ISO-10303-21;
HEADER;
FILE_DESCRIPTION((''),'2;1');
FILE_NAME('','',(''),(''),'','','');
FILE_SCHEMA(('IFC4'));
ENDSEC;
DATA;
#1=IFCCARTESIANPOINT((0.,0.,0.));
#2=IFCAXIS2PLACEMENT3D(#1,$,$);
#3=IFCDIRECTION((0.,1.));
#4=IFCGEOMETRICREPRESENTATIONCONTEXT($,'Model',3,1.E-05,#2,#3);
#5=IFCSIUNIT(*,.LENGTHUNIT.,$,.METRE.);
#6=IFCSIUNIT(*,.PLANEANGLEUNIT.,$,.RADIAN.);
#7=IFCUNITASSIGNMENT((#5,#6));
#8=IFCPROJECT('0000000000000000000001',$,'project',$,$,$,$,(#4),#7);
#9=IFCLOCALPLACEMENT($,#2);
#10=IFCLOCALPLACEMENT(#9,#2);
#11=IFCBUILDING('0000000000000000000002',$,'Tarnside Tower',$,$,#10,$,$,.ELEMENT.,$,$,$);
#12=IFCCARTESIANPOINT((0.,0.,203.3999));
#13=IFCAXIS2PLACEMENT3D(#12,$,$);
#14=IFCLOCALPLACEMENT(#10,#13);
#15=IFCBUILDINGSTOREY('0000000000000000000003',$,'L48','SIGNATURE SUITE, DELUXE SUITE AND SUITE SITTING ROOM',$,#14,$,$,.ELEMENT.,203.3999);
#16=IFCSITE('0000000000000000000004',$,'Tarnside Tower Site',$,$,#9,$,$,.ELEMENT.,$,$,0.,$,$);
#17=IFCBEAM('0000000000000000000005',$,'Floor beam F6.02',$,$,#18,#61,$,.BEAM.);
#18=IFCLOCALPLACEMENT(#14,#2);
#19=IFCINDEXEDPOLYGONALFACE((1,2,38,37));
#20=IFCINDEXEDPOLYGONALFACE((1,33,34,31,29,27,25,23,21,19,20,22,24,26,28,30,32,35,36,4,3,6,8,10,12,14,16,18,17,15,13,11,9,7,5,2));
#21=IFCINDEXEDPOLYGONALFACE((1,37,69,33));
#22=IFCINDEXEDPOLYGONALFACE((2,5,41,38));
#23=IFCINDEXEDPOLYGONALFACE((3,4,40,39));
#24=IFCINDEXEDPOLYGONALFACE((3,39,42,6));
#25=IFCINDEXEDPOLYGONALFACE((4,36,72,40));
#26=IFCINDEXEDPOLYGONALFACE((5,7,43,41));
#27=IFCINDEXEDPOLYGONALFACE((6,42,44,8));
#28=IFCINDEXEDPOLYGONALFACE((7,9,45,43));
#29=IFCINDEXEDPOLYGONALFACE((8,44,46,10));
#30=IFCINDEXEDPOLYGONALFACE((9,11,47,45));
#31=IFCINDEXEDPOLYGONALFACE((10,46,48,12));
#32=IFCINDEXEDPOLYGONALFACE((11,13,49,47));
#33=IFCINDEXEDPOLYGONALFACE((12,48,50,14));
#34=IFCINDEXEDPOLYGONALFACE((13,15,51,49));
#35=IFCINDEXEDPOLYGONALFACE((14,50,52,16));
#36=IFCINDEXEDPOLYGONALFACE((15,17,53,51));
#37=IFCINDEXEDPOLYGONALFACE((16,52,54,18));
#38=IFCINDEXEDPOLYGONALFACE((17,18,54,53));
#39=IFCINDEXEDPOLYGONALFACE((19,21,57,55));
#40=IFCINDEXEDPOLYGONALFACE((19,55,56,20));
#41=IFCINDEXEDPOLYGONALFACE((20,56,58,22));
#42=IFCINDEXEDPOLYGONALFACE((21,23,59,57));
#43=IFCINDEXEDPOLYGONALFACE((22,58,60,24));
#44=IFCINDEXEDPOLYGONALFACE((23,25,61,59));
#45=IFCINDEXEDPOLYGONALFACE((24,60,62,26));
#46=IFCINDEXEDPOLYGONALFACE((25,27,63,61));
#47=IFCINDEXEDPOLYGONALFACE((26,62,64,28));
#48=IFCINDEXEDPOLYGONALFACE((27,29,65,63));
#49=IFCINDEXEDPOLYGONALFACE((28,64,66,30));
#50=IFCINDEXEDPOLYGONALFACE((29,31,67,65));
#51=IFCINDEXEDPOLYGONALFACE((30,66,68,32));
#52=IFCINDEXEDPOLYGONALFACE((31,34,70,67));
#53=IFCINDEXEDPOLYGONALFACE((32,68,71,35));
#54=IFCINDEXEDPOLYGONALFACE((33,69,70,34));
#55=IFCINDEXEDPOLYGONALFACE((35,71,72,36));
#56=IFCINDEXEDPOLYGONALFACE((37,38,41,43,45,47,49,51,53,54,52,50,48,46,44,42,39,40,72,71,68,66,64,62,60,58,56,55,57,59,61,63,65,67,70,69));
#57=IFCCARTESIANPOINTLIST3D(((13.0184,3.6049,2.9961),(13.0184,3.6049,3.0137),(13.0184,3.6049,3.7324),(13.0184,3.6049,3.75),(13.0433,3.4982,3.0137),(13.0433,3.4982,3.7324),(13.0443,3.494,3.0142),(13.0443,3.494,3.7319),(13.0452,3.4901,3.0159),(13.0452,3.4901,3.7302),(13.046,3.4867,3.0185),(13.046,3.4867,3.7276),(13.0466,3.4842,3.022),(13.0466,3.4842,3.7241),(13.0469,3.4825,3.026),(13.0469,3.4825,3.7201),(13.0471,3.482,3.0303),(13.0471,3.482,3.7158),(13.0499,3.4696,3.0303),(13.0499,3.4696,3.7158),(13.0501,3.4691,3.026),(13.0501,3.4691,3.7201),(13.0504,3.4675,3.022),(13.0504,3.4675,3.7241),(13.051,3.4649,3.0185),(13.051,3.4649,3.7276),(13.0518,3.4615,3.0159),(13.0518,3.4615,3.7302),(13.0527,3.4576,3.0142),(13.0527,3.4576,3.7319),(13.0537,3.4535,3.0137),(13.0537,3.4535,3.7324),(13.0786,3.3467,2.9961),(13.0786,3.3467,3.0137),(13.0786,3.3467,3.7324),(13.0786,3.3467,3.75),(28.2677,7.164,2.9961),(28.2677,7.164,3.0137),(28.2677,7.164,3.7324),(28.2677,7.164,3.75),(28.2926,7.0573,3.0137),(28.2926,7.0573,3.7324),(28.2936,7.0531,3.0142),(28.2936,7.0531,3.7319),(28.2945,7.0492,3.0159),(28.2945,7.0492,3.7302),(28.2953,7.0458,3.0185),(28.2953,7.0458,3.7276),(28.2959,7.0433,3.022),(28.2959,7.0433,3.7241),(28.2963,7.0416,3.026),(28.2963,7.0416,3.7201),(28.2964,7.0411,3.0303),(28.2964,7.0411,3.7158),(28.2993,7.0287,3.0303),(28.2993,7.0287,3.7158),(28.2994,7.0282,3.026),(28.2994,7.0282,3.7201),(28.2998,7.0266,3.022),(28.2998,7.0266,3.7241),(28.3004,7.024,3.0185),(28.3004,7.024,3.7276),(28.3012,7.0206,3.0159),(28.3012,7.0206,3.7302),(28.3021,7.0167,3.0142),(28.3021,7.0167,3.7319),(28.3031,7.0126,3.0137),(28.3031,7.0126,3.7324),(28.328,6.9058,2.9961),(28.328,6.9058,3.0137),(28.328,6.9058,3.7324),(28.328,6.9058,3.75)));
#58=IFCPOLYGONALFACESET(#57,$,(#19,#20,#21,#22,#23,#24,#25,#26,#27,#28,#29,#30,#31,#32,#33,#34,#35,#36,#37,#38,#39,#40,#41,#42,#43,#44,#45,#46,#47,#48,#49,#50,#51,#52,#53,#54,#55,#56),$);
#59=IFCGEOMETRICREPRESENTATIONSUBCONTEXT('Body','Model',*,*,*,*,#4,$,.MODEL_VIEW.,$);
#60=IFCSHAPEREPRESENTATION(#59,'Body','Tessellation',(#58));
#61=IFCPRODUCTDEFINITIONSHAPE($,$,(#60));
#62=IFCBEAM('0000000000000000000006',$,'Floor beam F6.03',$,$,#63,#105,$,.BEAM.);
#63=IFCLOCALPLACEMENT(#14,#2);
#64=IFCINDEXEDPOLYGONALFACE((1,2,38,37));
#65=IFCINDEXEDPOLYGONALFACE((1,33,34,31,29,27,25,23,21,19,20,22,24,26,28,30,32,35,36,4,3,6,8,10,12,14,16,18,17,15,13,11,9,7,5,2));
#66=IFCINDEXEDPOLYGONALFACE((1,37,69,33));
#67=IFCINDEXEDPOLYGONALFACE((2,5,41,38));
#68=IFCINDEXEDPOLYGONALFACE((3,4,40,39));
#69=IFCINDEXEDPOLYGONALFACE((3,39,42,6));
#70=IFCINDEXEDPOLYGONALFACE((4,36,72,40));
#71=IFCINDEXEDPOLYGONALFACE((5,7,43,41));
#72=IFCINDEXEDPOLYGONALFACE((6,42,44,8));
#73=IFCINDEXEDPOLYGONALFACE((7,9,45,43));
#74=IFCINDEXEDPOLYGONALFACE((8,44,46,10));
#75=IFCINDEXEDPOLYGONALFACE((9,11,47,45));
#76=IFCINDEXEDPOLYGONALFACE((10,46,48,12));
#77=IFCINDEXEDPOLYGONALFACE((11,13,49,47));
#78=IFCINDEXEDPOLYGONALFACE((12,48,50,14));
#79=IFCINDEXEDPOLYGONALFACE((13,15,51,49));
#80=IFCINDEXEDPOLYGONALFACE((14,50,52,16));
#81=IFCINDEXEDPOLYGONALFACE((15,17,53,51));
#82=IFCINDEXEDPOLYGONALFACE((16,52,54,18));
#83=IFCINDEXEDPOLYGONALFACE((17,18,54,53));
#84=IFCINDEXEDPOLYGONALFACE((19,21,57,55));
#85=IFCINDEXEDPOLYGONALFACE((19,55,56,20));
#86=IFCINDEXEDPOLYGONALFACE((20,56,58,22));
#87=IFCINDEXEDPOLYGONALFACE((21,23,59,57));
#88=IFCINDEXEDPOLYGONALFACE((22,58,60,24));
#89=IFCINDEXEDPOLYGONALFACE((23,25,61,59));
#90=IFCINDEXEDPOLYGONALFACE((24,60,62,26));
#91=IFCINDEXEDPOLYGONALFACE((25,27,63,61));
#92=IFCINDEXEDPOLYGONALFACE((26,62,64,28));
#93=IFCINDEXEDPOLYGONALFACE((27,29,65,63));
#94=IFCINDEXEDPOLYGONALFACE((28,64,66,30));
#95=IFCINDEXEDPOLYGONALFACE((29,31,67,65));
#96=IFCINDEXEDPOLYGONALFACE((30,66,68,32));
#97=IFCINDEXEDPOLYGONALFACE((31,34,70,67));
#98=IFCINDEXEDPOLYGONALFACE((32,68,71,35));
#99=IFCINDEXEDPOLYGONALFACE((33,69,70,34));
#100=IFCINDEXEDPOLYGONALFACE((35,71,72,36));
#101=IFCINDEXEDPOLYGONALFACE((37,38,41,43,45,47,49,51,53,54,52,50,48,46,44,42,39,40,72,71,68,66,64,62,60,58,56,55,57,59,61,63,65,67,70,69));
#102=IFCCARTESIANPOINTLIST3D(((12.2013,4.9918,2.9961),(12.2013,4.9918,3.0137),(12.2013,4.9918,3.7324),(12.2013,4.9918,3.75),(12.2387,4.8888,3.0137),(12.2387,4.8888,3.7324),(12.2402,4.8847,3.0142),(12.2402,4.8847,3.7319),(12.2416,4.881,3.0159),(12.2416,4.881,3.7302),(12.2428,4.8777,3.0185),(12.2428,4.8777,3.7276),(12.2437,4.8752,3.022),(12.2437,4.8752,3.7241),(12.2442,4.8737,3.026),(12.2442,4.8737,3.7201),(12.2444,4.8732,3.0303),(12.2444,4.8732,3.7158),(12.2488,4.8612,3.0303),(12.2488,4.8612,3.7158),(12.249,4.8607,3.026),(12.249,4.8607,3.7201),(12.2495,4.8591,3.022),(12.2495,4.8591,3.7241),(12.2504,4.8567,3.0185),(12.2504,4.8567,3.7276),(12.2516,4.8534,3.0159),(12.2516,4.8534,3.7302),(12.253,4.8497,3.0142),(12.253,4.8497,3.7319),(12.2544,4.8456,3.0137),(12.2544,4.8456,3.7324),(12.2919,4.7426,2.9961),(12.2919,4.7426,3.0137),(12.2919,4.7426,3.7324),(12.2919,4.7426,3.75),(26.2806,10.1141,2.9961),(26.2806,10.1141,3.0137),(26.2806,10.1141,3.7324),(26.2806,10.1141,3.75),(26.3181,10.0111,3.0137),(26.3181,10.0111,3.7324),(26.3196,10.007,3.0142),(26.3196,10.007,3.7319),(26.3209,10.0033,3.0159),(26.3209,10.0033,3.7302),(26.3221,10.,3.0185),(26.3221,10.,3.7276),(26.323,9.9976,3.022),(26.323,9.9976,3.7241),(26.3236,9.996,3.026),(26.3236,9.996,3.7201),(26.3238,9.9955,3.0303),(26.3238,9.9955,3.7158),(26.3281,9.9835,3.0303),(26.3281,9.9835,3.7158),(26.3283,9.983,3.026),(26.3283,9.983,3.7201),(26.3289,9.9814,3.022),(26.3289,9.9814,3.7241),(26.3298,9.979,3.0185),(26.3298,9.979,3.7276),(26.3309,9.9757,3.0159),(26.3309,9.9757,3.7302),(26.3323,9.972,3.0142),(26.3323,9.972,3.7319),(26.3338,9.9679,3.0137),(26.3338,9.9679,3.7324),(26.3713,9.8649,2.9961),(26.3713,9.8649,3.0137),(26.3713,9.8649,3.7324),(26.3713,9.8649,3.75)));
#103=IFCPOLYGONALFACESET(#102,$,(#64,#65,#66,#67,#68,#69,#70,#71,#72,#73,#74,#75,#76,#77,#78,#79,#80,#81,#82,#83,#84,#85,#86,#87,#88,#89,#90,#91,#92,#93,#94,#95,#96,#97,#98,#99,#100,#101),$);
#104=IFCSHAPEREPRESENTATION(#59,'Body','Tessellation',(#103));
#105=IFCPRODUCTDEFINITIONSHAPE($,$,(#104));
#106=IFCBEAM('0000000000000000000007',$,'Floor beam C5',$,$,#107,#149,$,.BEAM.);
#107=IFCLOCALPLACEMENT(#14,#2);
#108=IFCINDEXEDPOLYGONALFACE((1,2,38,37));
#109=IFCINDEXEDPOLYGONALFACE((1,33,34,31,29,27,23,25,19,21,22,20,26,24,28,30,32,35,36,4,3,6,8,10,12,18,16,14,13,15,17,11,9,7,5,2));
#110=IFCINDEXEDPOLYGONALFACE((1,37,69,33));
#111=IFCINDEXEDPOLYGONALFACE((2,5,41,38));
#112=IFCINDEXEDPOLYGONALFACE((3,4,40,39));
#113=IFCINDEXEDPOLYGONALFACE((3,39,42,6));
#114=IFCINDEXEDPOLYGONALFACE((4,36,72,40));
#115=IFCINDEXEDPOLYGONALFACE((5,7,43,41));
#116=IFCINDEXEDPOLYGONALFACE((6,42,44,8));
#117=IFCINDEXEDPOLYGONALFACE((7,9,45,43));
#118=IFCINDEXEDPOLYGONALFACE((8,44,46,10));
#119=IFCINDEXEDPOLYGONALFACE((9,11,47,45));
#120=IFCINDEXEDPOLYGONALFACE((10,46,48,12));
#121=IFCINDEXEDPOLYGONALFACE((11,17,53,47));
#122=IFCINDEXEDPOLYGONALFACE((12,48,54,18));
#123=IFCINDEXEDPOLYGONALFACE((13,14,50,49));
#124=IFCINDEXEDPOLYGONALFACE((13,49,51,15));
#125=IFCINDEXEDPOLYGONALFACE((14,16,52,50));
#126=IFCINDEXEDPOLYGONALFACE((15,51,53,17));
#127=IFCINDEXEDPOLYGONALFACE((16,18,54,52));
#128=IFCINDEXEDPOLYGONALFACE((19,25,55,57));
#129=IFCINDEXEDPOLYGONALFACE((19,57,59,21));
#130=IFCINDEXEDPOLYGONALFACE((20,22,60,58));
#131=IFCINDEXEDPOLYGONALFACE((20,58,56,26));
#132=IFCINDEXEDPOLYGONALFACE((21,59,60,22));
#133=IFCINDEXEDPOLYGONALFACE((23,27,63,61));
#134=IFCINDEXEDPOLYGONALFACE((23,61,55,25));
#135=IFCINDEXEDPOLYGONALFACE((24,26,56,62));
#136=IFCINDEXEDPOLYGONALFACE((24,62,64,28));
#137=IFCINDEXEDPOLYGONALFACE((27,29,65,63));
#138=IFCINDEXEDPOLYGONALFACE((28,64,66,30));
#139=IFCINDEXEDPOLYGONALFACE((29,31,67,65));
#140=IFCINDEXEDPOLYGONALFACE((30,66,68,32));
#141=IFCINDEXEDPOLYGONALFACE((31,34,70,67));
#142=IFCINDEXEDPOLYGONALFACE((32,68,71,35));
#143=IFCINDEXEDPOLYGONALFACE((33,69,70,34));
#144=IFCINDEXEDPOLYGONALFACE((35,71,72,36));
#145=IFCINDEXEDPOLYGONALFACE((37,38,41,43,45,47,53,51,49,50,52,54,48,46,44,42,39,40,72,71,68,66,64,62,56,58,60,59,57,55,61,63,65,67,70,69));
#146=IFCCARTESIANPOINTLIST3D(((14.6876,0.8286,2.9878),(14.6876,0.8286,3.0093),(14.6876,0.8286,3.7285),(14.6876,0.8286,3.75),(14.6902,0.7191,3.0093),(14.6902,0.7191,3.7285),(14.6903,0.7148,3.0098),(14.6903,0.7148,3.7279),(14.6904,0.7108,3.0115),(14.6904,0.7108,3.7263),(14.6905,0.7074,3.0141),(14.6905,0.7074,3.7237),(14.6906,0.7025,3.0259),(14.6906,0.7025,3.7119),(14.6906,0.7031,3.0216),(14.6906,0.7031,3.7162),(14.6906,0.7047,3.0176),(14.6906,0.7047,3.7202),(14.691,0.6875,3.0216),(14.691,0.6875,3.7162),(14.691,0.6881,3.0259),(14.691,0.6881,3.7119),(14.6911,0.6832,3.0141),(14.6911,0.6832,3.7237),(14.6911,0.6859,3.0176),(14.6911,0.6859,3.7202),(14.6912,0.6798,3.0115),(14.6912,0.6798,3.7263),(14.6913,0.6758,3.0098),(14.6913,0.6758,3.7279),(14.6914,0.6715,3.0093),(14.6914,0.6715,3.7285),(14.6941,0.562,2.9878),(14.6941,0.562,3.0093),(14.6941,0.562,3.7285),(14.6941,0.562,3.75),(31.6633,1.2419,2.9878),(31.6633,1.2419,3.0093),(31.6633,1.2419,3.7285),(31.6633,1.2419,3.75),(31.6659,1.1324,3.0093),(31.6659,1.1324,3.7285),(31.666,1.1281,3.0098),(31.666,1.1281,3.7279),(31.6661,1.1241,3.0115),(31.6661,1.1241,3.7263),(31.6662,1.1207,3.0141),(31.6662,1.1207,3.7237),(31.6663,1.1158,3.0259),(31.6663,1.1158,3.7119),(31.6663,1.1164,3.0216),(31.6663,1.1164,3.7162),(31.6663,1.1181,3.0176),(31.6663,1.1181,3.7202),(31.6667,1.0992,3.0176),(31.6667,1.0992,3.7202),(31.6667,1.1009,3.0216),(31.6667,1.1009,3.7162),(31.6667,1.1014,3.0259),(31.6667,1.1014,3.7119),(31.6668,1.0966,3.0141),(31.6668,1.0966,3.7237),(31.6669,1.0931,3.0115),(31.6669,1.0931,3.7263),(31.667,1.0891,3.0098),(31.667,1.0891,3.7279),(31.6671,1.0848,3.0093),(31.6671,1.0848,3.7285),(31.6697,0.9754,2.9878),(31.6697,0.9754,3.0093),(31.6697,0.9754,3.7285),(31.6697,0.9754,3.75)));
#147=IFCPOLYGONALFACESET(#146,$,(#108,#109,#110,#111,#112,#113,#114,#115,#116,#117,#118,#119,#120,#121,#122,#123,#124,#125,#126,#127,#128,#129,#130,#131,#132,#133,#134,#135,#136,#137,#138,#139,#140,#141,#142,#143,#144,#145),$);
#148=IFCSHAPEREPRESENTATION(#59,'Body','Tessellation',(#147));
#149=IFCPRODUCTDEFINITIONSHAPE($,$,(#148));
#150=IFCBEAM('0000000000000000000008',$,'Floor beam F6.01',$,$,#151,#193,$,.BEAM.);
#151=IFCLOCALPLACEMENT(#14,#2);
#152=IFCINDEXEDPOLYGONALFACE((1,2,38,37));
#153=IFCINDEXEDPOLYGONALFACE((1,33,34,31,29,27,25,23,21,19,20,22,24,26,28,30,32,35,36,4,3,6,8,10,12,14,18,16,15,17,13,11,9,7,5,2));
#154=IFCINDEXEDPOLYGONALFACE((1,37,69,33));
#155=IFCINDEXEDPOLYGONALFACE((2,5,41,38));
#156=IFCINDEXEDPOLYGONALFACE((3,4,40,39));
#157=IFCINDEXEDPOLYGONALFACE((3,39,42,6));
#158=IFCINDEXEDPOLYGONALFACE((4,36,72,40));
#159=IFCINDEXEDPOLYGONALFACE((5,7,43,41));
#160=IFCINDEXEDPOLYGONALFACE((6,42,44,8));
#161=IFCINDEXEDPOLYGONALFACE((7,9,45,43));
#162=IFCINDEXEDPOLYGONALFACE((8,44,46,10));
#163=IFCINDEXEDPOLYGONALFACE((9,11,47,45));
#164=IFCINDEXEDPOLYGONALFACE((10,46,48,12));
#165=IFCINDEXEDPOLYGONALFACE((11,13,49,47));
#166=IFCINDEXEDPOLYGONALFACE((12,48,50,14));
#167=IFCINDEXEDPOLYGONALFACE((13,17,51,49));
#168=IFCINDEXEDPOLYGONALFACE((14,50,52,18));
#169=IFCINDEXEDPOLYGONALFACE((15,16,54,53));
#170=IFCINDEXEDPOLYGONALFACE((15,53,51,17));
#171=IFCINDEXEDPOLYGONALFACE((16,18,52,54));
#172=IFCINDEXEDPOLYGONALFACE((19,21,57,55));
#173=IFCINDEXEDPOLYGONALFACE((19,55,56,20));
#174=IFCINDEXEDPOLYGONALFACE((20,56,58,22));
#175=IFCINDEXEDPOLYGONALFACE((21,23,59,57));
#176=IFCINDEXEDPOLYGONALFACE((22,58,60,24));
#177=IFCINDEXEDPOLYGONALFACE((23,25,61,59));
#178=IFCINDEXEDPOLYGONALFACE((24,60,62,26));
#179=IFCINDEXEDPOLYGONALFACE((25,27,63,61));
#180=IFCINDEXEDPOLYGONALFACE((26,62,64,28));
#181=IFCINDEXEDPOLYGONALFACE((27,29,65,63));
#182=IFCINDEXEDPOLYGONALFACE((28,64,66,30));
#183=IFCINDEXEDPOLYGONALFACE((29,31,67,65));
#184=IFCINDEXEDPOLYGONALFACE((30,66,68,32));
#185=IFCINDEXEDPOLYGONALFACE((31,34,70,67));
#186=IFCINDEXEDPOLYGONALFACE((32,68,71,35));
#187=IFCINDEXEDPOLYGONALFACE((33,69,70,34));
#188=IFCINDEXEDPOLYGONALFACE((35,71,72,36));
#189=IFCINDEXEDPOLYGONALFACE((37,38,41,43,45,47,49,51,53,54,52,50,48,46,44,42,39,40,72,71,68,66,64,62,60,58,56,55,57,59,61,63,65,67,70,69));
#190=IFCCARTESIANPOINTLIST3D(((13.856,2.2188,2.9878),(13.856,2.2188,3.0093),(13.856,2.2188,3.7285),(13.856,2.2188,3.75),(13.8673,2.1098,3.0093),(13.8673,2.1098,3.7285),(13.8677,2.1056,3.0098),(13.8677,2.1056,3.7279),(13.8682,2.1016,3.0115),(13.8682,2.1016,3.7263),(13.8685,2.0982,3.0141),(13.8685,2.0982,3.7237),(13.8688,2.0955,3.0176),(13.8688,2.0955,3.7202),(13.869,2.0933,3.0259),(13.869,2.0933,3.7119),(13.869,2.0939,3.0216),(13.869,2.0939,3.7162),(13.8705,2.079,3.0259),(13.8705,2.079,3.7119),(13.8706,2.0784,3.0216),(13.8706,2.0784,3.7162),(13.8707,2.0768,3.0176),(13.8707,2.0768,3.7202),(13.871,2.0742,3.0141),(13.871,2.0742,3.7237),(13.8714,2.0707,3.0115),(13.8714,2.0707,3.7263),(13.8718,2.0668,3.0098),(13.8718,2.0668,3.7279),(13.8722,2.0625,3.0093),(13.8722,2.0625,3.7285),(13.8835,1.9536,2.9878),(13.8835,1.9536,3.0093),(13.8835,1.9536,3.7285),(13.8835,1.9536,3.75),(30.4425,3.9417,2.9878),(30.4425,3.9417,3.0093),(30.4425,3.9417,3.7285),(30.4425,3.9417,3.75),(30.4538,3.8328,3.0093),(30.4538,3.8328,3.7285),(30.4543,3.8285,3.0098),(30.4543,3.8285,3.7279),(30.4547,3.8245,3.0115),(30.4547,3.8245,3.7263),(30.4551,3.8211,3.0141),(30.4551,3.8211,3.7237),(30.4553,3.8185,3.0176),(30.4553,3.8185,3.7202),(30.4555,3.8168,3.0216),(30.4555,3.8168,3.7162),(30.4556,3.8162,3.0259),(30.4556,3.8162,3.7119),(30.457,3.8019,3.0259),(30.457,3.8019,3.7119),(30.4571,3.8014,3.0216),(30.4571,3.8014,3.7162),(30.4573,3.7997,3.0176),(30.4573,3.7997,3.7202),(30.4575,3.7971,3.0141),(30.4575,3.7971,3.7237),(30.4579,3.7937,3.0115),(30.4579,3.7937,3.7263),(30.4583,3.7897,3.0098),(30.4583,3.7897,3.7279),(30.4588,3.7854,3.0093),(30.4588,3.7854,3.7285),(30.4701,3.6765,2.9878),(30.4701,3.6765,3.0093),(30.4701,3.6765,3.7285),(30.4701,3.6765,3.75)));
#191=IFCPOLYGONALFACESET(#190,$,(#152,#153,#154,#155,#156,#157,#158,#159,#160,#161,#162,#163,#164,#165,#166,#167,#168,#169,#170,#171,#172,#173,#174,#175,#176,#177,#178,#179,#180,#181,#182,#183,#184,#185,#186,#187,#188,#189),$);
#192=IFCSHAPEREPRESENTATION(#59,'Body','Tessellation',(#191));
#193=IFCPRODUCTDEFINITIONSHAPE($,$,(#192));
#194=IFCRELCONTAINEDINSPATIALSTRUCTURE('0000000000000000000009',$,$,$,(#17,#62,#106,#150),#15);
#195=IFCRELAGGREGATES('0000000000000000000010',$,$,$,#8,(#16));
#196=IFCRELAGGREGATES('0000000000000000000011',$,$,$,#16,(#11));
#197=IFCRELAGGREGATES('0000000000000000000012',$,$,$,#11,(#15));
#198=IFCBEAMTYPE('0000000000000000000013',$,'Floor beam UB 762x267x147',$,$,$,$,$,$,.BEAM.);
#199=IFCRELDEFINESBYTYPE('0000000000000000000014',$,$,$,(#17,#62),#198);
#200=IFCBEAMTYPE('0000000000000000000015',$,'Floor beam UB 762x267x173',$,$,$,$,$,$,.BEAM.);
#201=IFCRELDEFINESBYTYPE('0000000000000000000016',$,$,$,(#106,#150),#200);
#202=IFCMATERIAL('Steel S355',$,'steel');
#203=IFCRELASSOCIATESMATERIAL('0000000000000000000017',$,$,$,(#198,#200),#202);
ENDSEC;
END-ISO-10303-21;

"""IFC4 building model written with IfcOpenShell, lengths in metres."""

from ifc_helpers import new_model, si_unit, direction, frame, origin, origin_2d, place, context, subcontext, project, spatial, i_section, extrude, material, material_profile, profile_set, type_object, element, save


model = new_model("IFC4")

# Units and contexts
model_context = context("Model", 3, precision=1e-05, world=origin(), true_north=direction((0.0, 1.0)))
body_context = subcontext(model_context, "Body", "Model", "MODEL_VIEW")
ifc_project = project(units=[si_unit("LENGTHUNIT", "METRE"), si_unit("PLANEANGLEUNIT", "RADIAN")], contexts=[model_context])

# Site, building, storey
site_placement = place(None, origin())
site = spatial("IfcSite", under=ifc_project, at=site_placement, Name="Tarnside Tower Site", CompositionType="ELEMENT", RefElevation=0.0)
building_placement = place(site_placement, origin())
building = spatial("IfcBuilding", under=site, at=building_placement, Name="Tarnside Tower", CompositionType="ELEMENT")
storey_placement = place(building_placement, frame((0.0, 0.0, 203.3999)))
storey = spatial("IfcBuildingStorey", under=building, at=storey_placement, Name="L48", Description="SIGNATURE SUITE, DELUXE SUITE AND SUITE SITTING ROOM", CompositionType="ELEMENT", Elevation=203.3999)

# Beams
ifc_material_1 = material(Name="Steel S355", Category="steel")
ifc_material_profile_1 = material_profile(ifc_material_1, i_section(OverallWidth=0.2651, OverallDepth=0.7539, WebThickness=0.0127, FlangeThickness=0.0176, FilletRadius=0.0166, at=origin_2d()), Name="UB 762x267x147")
ifc_profile_set_1 = profile_set([ifc_material_profile_1], Name="Steel S355")
beam_type_1 = type_object("IfcBeamType", Name="Floor beam UB 762x267x147", PredefinedType="BEAM", material=ifc_profile_set_1)
beam_1_placement = place(storey_placement, frame((28.2979, 7.0349, 3.373), z_axis=(-0.973828, -0.227285, 0.0), x_axis=(0.227285, -0.973828, 0.0)))
element("IfcBeam", 1, at=beam_1_placement, inside=storey, type_object=beam_type_1, Name="Floor beam F6.02", PredefinedType="BEAM", context=body_context, shape_type="SweptSolid", body=[
    extrude(i_section(OverallWidth=0.2651, OverallDepth=0.7539, WebThickness=0.0127, FlangeThickness=0.0176, FilletRadius=0.0166, at=origin_2d()), origin(), (0.0, 0.0, 1.0), 15.6592),
])
beam_2_placement = place(storey_placement, frame((26.3259, 9.9895, 3.373), z_axis=(-0.939739, -0.341894, 0.0), x_axis=(0.341894, -0.939739, 0.0)))
element("IfcBeam", 2, at=beam_2_placement, inside=storey, type_object=beam_type_1, Name="Floor beam F6.03", PredefinedType="BEAM", context=body_context, shape_type="SweptSolid", body=[
    extrude(i_section(OverallWidth=0.2651, OverallDepth=0.7539, WebThickness=0.0127, FlangeThickness=0.0176, FilletRadius=0.0166, at=origin_2d()), origin(), (0.0, 0.0, 1.0), 14.9822),
])
ifc_material_profile_2 = material_profile(ifc_material_1, i_section(OverallWidth=0.2666, OverallDepth=0.7622, WebThickness=0.0144, FlangeThickness=0.0215, FilletRadius=0.0166, at=origin_2d()), Name="UB 762x267x173")
ifc_profile_set_2 = profile_set([ifc_material_profile_2], Name="Steel S355")
beam_type_2 = type_object("IfcBeamType", Name="Floor beam UB 762x267x173", PredefinedType="BEAM", material=ifc_profile_set_2)
beam_3_placement = place(storey_placement, frame((31.6665, 1.1086, 3.3689), z_axis=(-0.999704, -0.024341, 0.0), x_axis=(0.024341, -0.999704, 0.0)))
element("IfcBeam", 3, at=beam_3_placement, inside=storey, type_object=beam_type_2, Name="Floor beam C5", PredefinedType="BEAM", context=body_context, shape_type="SweptSolid", body=[
    extrude(i_section(OverallWidth=0.2666, OverallDepth=0.7622, WebThickness=0.0144, FlangeThickness=0.0215, FilletRadius=0.0166, at=origin_2d()), origin(), (0.0, 0.0, 1.0), 16.9807),
])
beam_4_placement = place(storey_placement, frame((30.4563, 3.8091, 3.3689), z_axis=(-0.994648, -0.103318, 0.0), x_axis=(0.103318, -0.994648, 0.0)))
element("IfcBeam", 4, at=beam_4_placement, inside=storey, type_object=beam_type_2, Name="Floor beam F6.01", PredefinedType="BEAM", context=body_context, shape_type="SweptSolid", body=[
    extrude(i_section(OverallWidth=0.2666, OverallDepth=0.7622, WebThickness=0.0144, FlangeThickness=0.0215, FilletRadius=0.0166, at=origin_2d()), origin(), (0.0, 0.0, 1.0), 16.6758),
])

save(model, "model.ifc")
